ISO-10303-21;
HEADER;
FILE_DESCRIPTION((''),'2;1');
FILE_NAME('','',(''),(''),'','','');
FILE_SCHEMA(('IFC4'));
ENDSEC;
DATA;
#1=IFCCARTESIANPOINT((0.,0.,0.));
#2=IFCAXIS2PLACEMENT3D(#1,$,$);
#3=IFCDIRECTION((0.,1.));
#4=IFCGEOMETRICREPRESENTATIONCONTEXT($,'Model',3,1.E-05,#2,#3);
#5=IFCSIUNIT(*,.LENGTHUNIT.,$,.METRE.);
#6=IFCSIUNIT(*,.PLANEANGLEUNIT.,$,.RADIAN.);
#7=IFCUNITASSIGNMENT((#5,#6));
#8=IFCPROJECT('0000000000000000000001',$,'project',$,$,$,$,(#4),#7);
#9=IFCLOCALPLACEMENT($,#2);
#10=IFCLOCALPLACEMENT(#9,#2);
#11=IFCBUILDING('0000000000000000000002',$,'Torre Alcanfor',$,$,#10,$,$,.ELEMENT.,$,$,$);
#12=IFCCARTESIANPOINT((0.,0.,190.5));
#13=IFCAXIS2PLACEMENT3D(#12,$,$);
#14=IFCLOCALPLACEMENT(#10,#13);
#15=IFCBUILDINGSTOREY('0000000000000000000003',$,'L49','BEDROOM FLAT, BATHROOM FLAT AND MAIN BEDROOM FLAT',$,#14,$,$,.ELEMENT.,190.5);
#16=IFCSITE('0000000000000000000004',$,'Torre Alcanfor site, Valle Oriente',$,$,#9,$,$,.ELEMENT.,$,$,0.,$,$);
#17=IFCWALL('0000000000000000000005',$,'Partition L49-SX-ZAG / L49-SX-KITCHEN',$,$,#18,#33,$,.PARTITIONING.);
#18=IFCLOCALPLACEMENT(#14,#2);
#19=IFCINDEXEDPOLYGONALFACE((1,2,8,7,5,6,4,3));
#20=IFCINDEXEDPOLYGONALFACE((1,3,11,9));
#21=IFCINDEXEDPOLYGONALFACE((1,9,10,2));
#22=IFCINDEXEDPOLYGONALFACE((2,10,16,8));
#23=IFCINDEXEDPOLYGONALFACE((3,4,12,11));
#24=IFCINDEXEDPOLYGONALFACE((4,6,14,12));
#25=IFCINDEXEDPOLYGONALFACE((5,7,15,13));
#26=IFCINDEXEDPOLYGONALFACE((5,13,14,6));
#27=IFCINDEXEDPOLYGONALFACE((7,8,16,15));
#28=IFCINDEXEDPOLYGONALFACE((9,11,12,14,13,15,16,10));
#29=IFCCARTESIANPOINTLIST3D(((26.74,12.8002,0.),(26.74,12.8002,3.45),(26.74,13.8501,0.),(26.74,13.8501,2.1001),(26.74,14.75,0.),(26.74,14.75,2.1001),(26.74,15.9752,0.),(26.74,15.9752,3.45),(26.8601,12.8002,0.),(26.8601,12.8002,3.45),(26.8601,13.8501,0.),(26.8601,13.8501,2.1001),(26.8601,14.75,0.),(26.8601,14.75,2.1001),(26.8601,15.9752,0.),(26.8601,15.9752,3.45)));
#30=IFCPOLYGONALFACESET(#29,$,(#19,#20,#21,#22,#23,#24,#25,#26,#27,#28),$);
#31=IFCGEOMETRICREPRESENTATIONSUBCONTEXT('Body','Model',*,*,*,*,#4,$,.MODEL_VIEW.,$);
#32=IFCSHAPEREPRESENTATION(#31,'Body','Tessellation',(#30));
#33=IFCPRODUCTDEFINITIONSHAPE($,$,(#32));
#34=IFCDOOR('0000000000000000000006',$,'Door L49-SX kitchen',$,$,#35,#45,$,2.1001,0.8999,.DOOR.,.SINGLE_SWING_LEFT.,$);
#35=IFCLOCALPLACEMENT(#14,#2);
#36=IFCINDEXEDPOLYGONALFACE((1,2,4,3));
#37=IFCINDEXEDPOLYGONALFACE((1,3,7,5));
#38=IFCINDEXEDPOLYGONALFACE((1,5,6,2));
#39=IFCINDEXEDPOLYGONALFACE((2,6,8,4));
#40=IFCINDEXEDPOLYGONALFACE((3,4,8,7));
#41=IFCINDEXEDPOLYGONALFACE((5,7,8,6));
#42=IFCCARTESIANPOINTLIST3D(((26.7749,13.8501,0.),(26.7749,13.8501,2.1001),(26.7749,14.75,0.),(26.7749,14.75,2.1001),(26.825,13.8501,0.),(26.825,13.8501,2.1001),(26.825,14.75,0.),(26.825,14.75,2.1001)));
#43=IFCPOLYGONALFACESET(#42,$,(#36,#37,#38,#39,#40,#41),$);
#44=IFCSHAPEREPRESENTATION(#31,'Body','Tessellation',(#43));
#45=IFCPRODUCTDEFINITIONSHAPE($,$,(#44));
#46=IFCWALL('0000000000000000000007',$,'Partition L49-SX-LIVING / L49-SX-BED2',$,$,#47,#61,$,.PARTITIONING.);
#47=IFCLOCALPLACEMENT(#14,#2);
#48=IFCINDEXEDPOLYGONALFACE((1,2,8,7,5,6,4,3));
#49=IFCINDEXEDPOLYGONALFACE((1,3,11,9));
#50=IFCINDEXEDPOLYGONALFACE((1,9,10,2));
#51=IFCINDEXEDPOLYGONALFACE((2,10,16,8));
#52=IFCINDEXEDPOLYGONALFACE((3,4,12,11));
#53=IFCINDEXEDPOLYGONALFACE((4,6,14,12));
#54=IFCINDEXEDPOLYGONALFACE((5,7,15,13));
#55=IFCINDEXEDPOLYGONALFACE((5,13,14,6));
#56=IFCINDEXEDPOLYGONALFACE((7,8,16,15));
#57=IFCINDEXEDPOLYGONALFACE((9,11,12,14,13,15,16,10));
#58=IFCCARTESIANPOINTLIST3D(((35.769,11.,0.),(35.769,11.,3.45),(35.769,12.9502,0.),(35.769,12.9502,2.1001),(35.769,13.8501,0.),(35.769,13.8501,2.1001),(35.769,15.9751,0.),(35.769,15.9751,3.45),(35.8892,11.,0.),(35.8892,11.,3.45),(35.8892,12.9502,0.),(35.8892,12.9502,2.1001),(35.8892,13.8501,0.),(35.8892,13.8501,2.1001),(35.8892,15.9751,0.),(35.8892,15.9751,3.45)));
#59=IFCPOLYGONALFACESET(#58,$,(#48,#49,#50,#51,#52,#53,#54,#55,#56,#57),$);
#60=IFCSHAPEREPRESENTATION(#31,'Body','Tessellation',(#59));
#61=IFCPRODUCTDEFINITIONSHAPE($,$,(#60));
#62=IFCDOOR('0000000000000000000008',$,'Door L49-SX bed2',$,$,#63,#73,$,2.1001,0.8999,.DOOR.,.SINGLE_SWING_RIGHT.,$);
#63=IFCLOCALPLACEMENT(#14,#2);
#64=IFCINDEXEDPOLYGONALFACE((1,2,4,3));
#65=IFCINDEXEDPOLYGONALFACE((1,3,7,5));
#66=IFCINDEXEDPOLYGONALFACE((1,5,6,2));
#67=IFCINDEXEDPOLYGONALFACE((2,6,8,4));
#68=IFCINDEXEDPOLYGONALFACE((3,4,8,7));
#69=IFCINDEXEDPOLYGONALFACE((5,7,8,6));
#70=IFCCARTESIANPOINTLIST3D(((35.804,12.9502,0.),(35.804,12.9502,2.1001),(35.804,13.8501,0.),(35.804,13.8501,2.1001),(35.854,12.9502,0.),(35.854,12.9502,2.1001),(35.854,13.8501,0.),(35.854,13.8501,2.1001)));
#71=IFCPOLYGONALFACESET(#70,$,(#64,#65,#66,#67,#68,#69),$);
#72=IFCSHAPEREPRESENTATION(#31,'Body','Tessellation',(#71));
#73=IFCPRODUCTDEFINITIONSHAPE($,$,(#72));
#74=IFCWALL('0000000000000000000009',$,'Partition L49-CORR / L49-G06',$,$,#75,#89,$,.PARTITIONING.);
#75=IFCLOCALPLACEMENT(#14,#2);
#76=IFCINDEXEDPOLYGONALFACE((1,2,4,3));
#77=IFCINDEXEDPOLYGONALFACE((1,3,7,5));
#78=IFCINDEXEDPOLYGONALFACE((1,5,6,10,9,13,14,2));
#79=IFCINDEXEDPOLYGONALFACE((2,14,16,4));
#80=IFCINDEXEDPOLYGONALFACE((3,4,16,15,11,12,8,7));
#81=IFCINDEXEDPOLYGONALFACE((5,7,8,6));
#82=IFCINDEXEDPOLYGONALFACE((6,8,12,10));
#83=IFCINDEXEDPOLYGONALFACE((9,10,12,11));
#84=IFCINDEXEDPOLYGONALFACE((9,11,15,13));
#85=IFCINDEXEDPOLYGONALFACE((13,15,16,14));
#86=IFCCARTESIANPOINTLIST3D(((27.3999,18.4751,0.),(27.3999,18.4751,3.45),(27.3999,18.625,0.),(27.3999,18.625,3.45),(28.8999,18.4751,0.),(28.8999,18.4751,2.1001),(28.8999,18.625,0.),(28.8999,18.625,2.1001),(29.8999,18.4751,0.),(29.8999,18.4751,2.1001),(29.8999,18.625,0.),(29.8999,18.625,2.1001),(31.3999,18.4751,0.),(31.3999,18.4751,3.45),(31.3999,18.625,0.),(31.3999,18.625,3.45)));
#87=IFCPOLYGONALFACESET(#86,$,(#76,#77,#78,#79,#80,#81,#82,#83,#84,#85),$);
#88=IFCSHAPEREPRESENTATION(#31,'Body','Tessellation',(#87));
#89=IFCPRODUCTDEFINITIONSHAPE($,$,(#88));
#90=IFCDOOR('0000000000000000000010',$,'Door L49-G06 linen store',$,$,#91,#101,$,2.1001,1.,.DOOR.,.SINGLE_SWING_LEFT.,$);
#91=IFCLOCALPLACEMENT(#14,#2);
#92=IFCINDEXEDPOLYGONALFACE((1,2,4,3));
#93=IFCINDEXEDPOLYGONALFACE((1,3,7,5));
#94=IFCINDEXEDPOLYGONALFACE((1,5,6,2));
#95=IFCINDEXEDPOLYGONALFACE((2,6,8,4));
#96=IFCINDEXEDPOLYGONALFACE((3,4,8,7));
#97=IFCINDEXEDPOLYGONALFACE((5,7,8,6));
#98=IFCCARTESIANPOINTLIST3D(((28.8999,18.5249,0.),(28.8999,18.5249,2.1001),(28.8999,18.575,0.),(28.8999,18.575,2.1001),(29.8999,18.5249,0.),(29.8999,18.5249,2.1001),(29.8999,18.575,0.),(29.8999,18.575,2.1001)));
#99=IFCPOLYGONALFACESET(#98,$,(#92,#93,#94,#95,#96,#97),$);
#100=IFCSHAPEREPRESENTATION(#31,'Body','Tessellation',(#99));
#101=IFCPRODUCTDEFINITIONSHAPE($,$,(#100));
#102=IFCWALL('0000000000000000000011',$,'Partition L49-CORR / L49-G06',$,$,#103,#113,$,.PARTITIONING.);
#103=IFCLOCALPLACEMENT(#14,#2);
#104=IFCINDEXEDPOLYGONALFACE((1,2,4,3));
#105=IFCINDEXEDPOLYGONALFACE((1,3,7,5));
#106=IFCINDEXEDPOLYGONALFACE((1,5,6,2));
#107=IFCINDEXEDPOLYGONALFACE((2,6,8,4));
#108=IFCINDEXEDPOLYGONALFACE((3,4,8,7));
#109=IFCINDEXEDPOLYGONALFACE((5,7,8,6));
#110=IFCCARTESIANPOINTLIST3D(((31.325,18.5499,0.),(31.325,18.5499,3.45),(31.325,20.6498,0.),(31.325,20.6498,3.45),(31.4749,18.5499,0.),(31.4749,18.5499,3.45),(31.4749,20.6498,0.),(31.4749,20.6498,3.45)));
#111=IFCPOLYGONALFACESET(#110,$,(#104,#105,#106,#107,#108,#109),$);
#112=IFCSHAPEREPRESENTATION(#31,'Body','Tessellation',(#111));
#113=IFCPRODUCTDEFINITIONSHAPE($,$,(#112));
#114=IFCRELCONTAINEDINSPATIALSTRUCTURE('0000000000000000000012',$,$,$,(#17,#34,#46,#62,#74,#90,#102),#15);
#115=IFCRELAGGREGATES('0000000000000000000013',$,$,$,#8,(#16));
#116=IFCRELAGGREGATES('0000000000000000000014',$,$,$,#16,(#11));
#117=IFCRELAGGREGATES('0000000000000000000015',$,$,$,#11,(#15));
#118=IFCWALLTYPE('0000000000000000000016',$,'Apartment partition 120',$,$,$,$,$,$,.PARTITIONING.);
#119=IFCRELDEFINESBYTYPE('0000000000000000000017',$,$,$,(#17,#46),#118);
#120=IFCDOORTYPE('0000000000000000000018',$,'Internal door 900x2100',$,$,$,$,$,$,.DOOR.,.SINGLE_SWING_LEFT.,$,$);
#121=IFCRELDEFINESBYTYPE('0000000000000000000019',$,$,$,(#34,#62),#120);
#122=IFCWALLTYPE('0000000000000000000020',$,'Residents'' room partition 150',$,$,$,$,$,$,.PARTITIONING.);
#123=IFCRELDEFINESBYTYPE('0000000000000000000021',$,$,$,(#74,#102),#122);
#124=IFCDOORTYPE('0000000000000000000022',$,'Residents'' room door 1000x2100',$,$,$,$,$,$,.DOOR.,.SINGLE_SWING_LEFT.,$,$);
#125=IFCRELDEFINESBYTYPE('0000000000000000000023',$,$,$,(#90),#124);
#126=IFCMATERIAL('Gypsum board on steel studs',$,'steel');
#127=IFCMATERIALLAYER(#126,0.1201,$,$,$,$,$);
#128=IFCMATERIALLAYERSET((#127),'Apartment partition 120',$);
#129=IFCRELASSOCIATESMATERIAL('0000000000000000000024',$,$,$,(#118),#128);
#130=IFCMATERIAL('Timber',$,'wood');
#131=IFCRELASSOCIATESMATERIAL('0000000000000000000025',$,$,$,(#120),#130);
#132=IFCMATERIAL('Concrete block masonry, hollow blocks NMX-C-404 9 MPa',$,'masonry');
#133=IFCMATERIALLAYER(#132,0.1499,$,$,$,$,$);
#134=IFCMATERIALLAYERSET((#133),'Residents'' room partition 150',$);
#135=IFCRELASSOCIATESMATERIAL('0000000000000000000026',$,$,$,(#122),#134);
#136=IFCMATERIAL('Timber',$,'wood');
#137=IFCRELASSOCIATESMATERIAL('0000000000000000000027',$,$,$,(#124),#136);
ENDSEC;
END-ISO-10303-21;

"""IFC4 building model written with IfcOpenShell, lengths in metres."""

from ifc_helpers import new_model, si_unit, direction, frame, frame_2d, origin, place, context, subcontext, project, spatial, rectangle, extrude, material, layer, layer_set, type_object, element, fill, save


model = new_model("IFC4")

# Units and contexts
model_context = context("Model", 3, precision=1e-05, world=origin(), true_north=direction((0.0, 1.0)))
body_context = subcontext(model_context, "Body", "Model", "MODEL_VIEW")
ifc_project = project(units=[si_unit("LENGTHUNIT", "METRE"), si_unit("PLANEANGLEUNIT", "RADIAN")], contexts=[model_context])

# Site, building, storey
site_placement = place(None, origin())
site = spatial("IfcSite", under=ifc_project, at=site_placement, Name="Torre Alcanfor site, Valle Oriente", CompositionType="ELEMENT", RefElevation=0.0)
building_placement = place(site_placement, origin())
building = spatial("IfcBuilding", under=site, at=building_placement, Name="Torre Alcanfor", CompositionType="ELEMENT")
storey_placement = place(building_placement, frame((0.0, 0.0, 190.5)))
storey = spatial("IfcBuildingStorey", under=building, at=storey_placement, Name="L49", Description="BEDROOM FLAT, BATHROOM FLAT AND MAIN BEDROOM FLAT", CompositionType="ELEMENT", Elevation=190.5)

# Walls, openings, doors
ifc_material_1 = material(Name="Gypsum board on steel studs", Category="steel")
ifc_layer_1 = layer(ifc_material_1, 0.1201)
ifc_layer_set_1 = layer_set([ifc_layer_1], Name="Apartment partition 120")
wall_type_1 = type_object("IfcWallType", Name="Apartment partition 120", PredefinedType="PARTITIONING", material=ifc_layer_set_1)
wall_1_placement = place(storey_placement, frame((26.8, 15.9751, 0.0), z_axis=(0.0, 0.0, 1.0), x_axis=(0.0, -1.0, 0.0)))
wall_1 = element("IfcWall", 1, at=wall_1_placement, inside=storey, type_object=wall_type_1, Name="Partition L49-SX-ZAG / L49-SX-KITCHEN", PredefinedType="PARTITIONING", context=body_context, shape_type="SweptSolid", body=[
    extrude(rectangle(XDim=3.175, YDim=0.1201, at=frame_2d((1.5874, 0.0))), origin(), (0.0, 0.0, 1.0), 3.45),
])
opening_1_placement = place(wall_1_placement, frame((1.2251, 0.0, 0.0)))
opening_1 = element("IfcOpeningElement", 2, at=opening_1_placement, cuts=wall_1, PredefinedType="OPENING", context=body_context, shape_type="SweptSolid", body=[
    extrude(rectangle(XDim=0.8999, YDim=2.1001, at=frame_2d((0.45, 1.05))), frame((0.0, 0.0701, 0.0), z_axis=(0.0, -1.0, 0.0), x_axis=(1.0, 0.0, 0.0)), (0.0, 0.0, 1.0), 0.1401),
])
ifc_material_2 = material(Name="Timber", Category="wood")
door_type_1 = type_object("IfcDoorType", Name="Internal door 900x2100", OperationType="SINGLE_SWING_LEFT", PredefinedType="DOOR", material=ifc_material_2)
door_1_placement = place(opening_1_placement, frame((0.8999, 0.0, 0.0), z_axis=(0.0, 0.0, 1.0), x_axis=(-1.0, 0.0, 0.0)))
door_1 = element("IfcDoor", 3, at=door_1_placement, inside=storey, type_object=door_type_1, Name="Door L49-SX kitchen", OperationType="SINGLE_SWING_LEFT", OverallHeight=2.1001, OverallWidth=0.8999, PredefinedType="DOOR", context=body_context, shape_type="SweptSolid", body=[
    extrude(rectangle(XDim=0.8999, YDim=2.1001, at=frame_2d((0.45, 1.05))), frame((0.0, 0.0251, 0.0), z_axis=(0.0, -1.0, 0.0), x_axis=(1.0, 0.0, 0.0)), (0.0, 0.0, 1.0), 0.05),
])
fill(opening_1, door_1)
wall_2_placement = place(storey_placement, frame((35.8291, 15.9751, 0.0), z_axis=(0.0, 0.0, 1.0), x_axis=(0.0, -1.0, 0.0)))
wall_2 = element("IfcWall", 4, at=wall_2_placement, inside=storey, type_object=wall_type_1, Name="Partition L49-SX-LIVING / L49-SX-BED2", PredefinedType="PARTITIONING", context=body_context, shape_type="SweptSolid", body=[
    extrude(rectangle(XDim=4.9751, YDim=0.1201, at=frame_2d((2.4875, 0.0))), origin(), (0.0, 0.0, 1.0), 3.45),
])
opening_2_placement = place(wall_2_placement, frame((2.125, 0.0, 0.0)))
opening_2 = element("IfcOpeningElement", 5, at=opening_2_placement, cuts=wall_2, PredefinedType="OPENING", context=body_context, shape_type="SweptSolid", body=[
    extrude(rectangle(XDim=0.8999, YDim=2.1001, at=frame_2d((0.45, 1.05))), frame((0.0, 0.0701, 0.0), z_axis=(0.0, -1.0, 0.0), x_axis=(1.0, 0.0, 0.0)), (0.0, 0.0, 1.0), 0.1401),
])
door_2_placement = place(opening_2_placement, origin())
door_2 = element("IfcDoor", 6, at=door_2_placement, inside=storey, type_object=door_type_1, Name="Door L49-SX bed2", OperationType="SINGLE_SWING_RIGHT", OverallHeight=2.1001, OverallWidth=0.8999, PredefinedType="DOOR", context=body_context, shape_type="SweptSolid", body=[
    extrude(rectangle(XDim=0.8999, YDim=2.1001, at=frame_2d((0.45, 1.05))), frame((0.0, 0.0249, 0.0), z_axis=(0.0, -1.0, 0.0), x_axis=(1.0, 0.0, 0.0)), (0.0, 0.0, 1.0), 0.05),
])
fill(opening_2, door_2)
ifc_material_3 = material(Name="Concrete block masonry, hollow blocks NMX-C-404 9 MPa", Category="masonry")
ifc_layer_2 = layer(ifc_material_3, 0.1499)
ifc_layer_set_2 = layer_set([ifc_layer_2], Name="Residents' room partition 150")
wall_type_2 = type_object("IfcWallType", Name="Residents' room partition 150", PredefinedType="PARTITIONING", material=ifc_layer_set_2)
wall_3_placement = place(storey_placement, frame((27.3999, 18.55, 0.0), z_axis=(0.0, 0.0, 1.0), x_axis=(1.0, 0.0, 0.0)))
wall_3 = element("IfcWall", 7, at=wall_3_placement, inside=storey, type_object=wall_type_2, Name="Partition L49-CORR / L49-G06", PredefinedType="PARTITIONING", context=body_context, shape_type="SweptSolid", body=[
    extrude(rectangle(XDim=4.0, YDim=0.1499, at=frame_2d((2.0, 0.0))), origin(), (0.0, 0.0, 1.0), 3.45),
])
opening_3_placement = place(wall_3_placement, frame((1.5, 0.0, 0.0)))
opening_3 = element("IfcOpeningElement", 8, at=opening_3_placement, cuts=wall_3, PredefinedType="OPENING", context=body_context, shape_type="SweptSolid", body=[
    extrude(rectangle(XDim=1.0, YDim=2.1001, at=frame_2d((0.5, 1.05))), frame((0.0, 0.085, 0.0), z_axis=(0.0, -1.0, 0.0), x_axis=(1.0, 0.0, 0.0)), (0.0, 0.0, 1.0), 0.1699),
])
ifc_material_4 = material(Name="Timber", Category="wood")
door_type_2 = type_object("IfcDoorType", Name="Residents' room door 1000x2100", OperationType="SINGLE_SWING_LEFT", PredefinedType="DOOR", material=ifc_material_4)
door_3_placement = place(opening_3_placement, origin())
door_3 = element("IfcDoor", 9, at=door_3_placement, inside=storey, type_object=door_type_2, Name="Door L49-G06 linen store", OperationType="SINGLE_SWING_LEFT", OverallHeight=2.1001, OverallWidth=1.0, PredefinedType="DOOR", context=body_context, shape_type="SweptSolid", body=[
    extrude(rectangle(XDim=1.0, YDim=2.1001, at=frame_2d((0.5, 1.05))), frame((0.0, 0.0249, 0.0), z_axis=(0.0, -1.0, 0.0), x_axis=(1.0, 0.0, 0.0)), (0.0, 0.0, 1.0), 0.05),
])
fill(opening_3, door_3)

# Wall
wall_4_placement = place(storey_placement, frame((31.3999, 18.55, 0.0), z_axis=(0.0, 0.0, 1.0), x_axis=(0.0, 1.0, 0.0)))
element("IfcWall", 10, at=wall_4_placement, inside=storey, type_object=wall_type_2, Name="Partition L49-CORR / L49-G06", PredefinedType="PARTITIONING", context=body_context, shape_type="SweptSolid", body=[
    extrude(rectangle(XDim=2.0999, YDim=0.1499, at=frame_2d((1.0498, 0.0))), origin(), (0.0, 0.0, 1.0), 3.45),
])

save(model, "model.ifc")
